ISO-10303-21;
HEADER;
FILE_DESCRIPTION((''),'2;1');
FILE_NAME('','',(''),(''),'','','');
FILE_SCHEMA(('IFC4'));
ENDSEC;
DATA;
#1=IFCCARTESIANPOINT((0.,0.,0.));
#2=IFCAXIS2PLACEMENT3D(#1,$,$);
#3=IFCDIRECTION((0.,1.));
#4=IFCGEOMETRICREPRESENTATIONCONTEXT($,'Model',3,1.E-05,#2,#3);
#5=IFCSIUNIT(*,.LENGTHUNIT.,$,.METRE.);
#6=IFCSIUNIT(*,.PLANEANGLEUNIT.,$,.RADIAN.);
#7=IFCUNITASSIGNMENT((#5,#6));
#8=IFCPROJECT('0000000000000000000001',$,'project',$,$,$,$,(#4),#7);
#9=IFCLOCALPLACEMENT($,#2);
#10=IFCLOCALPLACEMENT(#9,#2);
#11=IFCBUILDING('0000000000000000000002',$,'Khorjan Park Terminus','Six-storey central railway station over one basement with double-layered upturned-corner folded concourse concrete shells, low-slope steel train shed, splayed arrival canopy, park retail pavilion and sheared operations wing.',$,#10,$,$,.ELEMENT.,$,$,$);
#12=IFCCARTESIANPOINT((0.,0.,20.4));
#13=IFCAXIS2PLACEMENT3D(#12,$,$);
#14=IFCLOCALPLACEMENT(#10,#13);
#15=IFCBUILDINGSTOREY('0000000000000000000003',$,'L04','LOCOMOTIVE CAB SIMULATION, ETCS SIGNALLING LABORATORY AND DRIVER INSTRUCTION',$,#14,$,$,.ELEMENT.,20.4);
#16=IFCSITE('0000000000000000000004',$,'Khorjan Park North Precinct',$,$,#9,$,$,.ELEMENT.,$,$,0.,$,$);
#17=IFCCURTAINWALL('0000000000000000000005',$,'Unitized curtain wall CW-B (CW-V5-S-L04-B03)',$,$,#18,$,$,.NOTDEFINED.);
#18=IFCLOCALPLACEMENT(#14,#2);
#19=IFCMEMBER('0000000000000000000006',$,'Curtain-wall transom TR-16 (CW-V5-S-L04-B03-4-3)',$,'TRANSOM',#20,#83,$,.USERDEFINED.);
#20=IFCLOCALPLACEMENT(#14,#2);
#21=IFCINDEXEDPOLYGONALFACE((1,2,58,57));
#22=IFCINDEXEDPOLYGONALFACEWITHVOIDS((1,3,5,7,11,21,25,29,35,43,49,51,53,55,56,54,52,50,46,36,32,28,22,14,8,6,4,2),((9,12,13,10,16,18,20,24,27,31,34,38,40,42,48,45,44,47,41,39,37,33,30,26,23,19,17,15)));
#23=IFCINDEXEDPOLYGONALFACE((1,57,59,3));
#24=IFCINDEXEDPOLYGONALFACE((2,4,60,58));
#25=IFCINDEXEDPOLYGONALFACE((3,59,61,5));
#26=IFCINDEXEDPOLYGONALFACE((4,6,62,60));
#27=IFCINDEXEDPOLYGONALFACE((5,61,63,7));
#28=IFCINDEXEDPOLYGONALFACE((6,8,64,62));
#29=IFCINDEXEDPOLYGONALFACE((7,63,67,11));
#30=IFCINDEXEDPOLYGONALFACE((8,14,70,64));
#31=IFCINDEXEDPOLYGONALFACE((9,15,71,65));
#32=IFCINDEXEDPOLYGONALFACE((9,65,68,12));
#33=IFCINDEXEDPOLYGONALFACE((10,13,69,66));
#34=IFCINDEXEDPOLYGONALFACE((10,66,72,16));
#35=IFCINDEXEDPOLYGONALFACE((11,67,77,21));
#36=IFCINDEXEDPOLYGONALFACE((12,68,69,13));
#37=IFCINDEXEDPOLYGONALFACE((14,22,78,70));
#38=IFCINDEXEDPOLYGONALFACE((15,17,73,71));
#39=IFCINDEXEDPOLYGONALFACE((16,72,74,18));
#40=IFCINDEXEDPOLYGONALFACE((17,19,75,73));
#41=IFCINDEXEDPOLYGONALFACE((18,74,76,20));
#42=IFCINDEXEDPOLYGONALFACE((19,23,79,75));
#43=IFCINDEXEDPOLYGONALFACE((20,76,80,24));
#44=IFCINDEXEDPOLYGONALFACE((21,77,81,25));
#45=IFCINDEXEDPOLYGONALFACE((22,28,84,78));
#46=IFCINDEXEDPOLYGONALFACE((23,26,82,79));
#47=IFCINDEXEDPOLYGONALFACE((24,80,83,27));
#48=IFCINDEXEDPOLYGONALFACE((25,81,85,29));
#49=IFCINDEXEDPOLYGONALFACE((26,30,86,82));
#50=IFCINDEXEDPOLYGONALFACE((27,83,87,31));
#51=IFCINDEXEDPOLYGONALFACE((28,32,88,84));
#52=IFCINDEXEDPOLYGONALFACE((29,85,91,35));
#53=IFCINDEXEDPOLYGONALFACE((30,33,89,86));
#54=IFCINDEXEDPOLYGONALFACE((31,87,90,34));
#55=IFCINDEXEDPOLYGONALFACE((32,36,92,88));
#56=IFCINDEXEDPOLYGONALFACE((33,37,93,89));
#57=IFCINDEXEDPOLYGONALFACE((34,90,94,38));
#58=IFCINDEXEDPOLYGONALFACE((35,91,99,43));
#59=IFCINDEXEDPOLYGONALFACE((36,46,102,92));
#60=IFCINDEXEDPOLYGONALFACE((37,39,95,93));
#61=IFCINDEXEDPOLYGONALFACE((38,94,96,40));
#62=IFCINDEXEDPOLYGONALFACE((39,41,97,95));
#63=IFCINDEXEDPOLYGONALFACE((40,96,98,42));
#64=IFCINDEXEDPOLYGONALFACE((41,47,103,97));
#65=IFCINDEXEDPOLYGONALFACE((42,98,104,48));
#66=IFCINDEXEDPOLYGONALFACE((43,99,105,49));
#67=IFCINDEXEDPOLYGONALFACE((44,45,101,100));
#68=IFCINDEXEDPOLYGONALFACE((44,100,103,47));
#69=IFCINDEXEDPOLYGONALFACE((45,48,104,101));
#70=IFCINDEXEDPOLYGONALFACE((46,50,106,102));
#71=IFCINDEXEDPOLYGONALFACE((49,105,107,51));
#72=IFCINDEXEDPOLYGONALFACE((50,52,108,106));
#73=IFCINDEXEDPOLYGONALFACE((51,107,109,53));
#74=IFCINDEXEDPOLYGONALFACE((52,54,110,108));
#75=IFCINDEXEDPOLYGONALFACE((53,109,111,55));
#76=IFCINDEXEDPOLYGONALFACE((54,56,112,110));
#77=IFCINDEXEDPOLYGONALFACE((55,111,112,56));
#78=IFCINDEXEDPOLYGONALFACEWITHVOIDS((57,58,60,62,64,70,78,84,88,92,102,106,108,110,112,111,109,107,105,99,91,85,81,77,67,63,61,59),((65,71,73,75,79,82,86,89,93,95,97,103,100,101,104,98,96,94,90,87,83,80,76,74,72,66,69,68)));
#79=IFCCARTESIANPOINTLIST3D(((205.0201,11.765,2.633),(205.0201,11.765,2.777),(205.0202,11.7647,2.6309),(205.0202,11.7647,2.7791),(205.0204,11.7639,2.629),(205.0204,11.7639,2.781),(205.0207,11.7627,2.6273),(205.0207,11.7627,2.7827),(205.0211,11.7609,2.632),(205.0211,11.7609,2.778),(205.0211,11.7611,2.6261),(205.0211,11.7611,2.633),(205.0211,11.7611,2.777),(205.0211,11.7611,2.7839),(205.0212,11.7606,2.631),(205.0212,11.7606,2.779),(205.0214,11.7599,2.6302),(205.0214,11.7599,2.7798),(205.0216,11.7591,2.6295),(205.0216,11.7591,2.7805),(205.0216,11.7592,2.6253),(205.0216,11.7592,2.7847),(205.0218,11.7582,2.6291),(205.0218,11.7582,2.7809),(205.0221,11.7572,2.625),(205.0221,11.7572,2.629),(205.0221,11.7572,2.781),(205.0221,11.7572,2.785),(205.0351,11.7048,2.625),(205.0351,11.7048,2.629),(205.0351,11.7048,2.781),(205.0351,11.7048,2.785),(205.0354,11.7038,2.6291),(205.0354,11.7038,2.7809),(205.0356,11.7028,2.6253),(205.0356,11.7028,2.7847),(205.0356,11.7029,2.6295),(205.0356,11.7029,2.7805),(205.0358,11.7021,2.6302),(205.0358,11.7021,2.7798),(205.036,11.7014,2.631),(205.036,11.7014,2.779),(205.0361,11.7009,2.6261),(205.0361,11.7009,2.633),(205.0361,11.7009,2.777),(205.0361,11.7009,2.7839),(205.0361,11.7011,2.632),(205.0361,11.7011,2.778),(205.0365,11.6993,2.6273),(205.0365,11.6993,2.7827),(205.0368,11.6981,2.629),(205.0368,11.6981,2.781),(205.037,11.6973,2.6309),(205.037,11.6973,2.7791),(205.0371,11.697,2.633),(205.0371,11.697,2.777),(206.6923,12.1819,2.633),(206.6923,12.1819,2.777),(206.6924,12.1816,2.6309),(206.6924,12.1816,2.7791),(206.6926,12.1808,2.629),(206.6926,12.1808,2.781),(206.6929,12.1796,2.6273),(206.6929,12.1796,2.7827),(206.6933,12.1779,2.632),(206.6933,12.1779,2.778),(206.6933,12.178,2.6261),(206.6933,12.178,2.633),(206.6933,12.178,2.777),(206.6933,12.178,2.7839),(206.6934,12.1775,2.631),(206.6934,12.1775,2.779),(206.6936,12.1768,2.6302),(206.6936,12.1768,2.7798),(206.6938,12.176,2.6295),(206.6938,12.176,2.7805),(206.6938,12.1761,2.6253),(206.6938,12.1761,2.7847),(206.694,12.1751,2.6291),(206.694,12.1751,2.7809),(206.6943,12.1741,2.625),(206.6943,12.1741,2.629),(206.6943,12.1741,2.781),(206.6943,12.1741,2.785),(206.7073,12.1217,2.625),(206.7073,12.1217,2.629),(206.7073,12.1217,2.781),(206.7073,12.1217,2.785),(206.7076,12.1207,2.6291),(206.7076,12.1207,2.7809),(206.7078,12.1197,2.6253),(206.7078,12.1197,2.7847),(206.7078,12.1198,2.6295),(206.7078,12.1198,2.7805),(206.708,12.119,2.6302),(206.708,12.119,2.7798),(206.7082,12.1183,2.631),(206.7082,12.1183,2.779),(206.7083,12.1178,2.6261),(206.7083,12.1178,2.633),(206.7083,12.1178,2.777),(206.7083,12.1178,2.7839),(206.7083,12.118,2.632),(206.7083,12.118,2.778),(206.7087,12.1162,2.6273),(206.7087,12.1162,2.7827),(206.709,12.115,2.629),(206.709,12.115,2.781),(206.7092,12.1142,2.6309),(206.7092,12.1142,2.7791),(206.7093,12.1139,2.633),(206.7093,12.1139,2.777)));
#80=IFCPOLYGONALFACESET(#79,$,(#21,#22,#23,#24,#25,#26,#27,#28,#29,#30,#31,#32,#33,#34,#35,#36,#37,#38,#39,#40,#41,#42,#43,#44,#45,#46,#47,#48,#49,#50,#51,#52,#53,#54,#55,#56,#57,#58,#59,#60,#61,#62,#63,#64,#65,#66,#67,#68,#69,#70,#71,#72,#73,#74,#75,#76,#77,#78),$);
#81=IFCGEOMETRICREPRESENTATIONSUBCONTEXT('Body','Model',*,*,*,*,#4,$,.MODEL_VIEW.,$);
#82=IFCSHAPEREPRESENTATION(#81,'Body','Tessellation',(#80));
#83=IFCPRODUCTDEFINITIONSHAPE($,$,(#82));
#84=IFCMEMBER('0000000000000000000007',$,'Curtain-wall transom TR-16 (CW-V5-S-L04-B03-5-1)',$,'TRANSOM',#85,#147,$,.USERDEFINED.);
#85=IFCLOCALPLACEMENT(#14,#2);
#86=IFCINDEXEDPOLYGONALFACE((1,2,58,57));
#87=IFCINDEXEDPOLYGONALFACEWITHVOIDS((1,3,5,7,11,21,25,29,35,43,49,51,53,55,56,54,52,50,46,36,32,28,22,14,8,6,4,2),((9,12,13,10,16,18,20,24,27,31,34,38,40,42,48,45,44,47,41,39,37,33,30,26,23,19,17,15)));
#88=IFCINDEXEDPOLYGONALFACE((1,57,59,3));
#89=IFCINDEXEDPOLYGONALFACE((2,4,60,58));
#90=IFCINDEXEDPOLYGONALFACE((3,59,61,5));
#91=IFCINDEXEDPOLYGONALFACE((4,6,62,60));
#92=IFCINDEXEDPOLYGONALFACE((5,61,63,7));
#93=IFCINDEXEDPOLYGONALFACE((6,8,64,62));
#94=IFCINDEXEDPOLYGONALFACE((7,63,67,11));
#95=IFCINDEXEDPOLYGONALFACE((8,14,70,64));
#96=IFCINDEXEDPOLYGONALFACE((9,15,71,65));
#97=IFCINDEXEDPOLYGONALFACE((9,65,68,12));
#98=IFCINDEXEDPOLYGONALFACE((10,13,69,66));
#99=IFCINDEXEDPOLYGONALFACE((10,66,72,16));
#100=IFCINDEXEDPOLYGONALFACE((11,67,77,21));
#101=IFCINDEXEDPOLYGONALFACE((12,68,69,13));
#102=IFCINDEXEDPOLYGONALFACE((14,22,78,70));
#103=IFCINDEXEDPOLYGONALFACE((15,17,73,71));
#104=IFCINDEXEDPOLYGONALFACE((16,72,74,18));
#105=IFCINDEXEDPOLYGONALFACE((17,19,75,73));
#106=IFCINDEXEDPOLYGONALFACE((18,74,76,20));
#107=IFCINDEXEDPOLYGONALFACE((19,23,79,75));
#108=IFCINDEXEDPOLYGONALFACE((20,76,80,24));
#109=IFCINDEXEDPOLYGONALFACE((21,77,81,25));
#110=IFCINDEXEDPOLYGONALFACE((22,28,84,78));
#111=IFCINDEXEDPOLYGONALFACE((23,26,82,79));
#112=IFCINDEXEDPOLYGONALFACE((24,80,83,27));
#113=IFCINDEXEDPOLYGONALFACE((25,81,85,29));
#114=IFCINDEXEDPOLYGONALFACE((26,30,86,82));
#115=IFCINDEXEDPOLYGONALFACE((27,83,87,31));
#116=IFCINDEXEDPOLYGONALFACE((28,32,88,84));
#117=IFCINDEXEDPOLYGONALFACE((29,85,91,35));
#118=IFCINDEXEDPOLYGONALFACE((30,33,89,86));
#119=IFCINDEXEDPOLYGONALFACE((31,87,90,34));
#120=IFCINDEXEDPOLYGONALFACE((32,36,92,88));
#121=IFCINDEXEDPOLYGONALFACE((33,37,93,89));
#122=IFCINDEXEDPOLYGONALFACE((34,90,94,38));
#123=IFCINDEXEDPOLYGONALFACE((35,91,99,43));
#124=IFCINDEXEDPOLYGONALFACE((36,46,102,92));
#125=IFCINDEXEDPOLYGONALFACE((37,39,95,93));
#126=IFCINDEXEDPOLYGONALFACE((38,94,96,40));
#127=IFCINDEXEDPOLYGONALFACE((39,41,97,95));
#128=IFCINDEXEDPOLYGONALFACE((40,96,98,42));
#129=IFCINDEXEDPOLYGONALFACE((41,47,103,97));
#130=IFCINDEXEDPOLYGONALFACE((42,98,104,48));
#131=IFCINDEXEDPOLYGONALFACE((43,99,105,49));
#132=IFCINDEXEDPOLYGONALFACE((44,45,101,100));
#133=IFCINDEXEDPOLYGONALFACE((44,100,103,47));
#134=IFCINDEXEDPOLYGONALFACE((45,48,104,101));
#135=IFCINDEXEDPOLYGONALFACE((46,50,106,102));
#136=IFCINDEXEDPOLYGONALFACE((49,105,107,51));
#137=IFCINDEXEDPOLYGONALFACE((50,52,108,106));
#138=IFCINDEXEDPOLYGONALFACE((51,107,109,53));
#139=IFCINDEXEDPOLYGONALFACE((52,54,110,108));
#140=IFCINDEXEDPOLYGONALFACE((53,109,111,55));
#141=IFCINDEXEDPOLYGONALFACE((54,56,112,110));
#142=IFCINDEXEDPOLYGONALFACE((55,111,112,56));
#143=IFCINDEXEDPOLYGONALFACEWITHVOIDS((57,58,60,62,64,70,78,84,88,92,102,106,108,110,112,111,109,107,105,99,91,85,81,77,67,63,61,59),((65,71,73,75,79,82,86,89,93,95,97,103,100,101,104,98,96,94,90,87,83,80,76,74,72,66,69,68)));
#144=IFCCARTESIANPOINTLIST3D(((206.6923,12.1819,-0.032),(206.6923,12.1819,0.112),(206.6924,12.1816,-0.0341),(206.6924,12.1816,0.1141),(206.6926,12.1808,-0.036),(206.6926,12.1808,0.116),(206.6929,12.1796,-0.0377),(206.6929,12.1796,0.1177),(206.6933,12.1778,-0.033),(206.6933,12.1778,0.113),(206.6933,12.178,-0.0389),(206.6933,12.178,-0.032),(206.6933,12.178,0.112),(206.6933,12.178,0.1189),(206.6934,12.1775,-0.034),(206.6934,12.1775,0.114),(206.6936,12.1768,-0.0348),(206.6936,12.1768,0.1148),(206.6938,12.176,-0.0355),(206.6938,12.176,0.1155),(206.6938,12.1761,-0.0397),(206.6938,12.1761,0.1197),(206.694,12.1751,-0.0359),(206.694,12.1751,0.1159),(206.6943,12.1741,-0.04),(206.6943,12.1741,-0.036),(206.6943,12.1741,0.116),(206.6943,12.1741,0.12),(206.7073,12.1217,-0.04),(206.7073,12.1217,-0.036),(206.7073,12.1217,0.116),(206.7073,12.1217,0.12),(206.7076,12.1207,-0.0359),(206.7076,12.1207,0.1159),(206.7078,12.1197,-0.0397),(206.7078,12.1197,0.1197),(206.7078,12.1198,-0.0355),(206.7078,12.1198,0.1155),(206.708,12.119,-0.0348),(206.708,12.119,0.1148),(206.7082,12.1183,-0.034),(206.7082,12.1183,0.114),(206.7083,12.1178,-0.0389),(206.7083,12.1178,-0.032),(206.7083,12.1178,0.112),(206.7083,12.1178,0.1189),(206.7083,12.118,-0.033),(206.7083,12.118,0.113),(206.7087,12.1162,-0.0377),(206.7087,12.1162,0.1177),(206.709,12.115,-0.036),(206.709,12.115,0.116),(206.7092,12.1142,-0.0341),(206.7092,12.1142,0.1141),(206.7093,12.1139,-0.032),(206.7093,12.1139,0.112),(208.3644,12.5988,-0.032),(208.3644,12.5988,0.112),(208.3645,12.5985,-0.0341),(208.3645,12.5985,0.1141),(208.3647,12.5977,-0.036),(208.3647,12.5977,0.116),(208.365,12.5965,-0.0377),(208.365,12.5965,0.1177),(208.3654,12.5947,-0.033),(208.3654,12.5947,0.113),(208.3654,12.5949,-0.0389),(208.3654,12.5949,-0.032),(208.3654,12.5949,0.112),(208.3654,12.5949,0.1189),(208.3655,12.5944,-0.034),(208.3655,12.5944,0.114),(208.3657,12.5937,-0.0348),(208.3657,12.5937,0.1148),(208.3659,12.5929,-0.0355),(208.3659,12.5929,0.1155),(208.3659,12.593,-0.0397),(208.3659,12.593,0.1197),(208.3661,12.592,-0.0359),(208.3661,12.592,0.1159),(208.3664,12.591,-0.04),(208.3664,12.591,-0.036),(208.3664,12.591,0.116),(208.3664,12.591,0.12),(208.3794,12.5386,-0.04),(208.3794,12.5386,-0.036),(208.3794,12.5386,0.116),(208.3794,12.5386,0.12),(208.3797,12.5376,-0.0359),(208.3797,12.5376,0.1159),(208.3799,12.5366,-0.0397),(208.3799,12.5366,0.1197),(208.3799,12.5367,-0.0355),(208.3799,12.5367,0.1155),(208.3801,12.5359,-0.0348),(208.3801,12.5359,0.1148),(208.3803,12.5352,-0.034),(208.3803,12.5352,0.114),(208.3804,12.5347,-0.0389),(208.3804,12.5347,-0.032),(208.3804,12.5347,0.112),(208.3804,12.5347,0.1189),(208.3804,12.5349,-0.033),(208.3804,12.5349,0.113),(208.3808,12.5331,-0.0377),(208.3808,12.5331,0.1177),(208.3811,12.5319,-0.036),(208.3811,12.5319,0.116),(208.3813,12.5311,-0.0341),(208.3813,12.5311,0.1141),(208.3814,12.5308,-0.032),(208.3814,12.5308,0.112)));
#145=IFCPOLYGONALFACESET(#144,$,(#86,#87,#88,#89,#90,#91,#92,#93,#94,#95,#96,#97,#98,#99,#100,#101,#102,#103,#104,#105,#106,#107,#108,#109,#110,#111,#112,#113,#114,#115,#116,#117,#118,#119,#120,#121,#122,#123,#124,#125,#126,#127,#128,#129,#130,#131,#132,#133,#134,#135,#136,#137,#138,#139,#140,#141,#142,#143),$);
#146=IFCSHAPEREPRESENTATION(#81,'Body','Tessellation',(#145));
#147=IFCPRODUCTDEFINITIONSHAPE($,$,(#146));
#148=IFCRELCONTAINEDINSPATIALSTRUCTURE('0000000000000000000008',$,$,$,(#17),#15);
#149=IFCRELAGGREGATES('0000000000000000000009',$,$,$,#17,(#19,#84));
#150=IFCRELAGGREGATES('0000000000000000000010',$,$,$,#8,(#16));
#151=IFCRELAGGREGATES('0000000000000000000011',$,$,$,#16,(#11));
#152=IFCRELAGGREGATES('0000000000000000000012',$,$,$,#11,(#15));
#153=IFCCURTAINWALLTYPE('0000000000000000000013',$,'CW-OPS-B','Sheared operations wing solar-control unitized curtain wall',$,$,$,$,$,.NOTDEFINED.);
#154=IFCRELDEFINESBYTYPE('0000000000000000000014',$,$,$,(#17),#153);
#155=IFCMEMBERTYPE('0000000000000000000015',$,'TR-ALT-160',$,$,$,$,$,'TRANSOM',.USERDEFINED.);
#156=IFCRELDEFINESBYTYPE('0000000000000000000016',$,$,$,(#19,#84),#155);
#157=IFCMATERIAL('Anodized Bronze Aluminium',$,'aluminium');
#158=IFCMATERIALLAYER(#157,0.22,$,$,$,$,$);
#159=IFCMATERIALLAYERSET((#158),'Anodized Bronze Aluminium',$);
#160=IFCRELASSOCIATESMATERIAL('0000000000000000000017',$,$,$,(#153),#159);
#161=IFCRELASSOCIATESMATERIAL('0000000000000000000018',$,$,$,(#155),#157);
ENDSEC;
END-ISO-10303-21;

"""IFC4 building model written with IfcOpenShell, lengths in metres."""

from ifc_helpers import new_model, si_unit, direction, frame, origin, origin_2d, place, context, subcontext, project, spatial, hollow_rectangle, extrude, material, layer, layer_set, material_profile, profile_set, type_object, element, aggregate, save


model = new_model("IFC4")

# Units and contexts
model_context = context("Model", 3, precision=1e-05, world=origin(), true_north=direction((0.0, 1.0)))
body_context = subcontext(model_context, "Body", "Model", "MODEL_VIEW")
ifc_project = project(units=[si_unit("LENGTHUNIT", "METRE"), si_unit("PLANEANGLEUNIT", "RADIAN")], contexts=[model_context])

# Site, building, storey
site_placement = place(None, origin())
site = spatial("IfcSite", under=ifc_project, at=site_placement, Name="Khorjan Park North Precinct", CompositionType="ELEMENT", RefElevation=0.0)
building_placement = place(site_placement, origin())
building = spatial("IfcBuilding", under=site, at=building_placement, Name="Khorjan Park Terminus", Description="Six-storey central railway station over one basement with double-layered upturned-corner folded concourse concrete shells, low-slope steel train shed, splayed arrival canopy, park retail pavilion and sheared operations wing.", CompositionType="ELEMENT")
storey_placement = place(building_placement, frame((0.0, 0.0, 20.4)))
storey = spatial("IfcBuildingStorey", under=building, at=storey_placement, Name="L04", Description="LOCOMOTIVE CAB SIMULATION, ETCS SIGNALLING LABORATORY AND DRIVER INSTRUCTION", CompositionType="ELEMENT", Elevation=20.4)

# Curtain wall, members
ifc_material_1 = material(Name="Anodized Bronze Aluminium", Category="aluminium")
ifc_layer_1 = layer(ifc_material_1, 0.22)
ifc_layer_set_1 = layer_set([ifc_layer_1], Name="Anodized Bronze Aluminium")
curtain_wall_type = type_object("IfcCurtainWallType", Name="CW-OPS-B", Description="Sheared operations wing solar-control unitized curtain wall", PredefinedType="NOTDEFINED", material=ifc_layer_set_1)
curtain_wall_placement = place(storey_placement, origin())
curtain_wall = element("IfcCurtainWall", 1, at=curtain_wall_placement, inside=storey, type_object=curtain_wall_type, Name="Unitized curtain wall CW-B (CW-V5-S-L04-B03)", PredefinedType="NOTDEFINED")
ifc_material_profile_1 = material_profile(ifc_material_1, hollow_rectangle(XDim=0.07, YDim=0.16, WallThickness=0.004, InnerFilletRadius=0.004, OuterFilletRadius=0.008, at=origin_2d()), Name="ALT 70x160x4")
ifc_profile_set_1 = profile_set([ifc_material_profile_1], Name="Anodized Bronze Aluminium")
member_type_1 = type_object("IfcMemberType", Name="TR-ALT-160", ElementType="TRANSOM", PredefinedType="USERDEFINED", material=ifc_profile_set_1)
member_1_placement = place(storey_placement, frame((205.0286, 11.731, 2.705), z_axis=(0.970299, 0.241908, 0.0), x_axis=(-0.241908, 0.970299, 0.0)))
member_1 = element("IfcMember", 2, at=member_1_placement, type_object=member_type_1, Name="Curtain-wall transom TR-16 (CW-V5-S-L04-B03-4-3)", ObjectType="TRANSOM", PredefinedType="USERDEFINED", context=body_context, shape_type="SweptSolid", body=[
    extrude(hollow_rectangle(XDim=0.07, YDim=0.16, WallThickness=0.004, InnerFilletRadius=0.004, OuterFilletRadius=0.008, at=origin_2d()), origin(), (0.0, 0.0, 1.0), 1.7234),
])
member_2_placement = place(storey_placement, frame((206.7008, 12.1479, 0.04), z_axis=(0.970296, 0.241921, 0.0), x_axis=(-0.241921, 0.970296, 0.0)))
member_2 = element("IfcMember", 3, at=member_2_placement, type_object=member_type_1, Name="Curtain-wall transom TR-16 (CW-V5-S-L04-B03-5-1)", ObjectType="TRANSOM", PredefinedType="USERDEFINED", context=body_context, shape_type="SweptSolid", body=[
    extrude(hollow_rectangle(XDim=0.07, YDim=0.16, WallThickness=0.004, InnerFilletRadius=0.004, OuterFilletRadius=0.008, at=origin_2d()), origin(), (0.0, 0.0, 1.0), 1.7233),
])
aggregate(curtain_wall, [member_1, member_2])

save(model, "model.ifc")
